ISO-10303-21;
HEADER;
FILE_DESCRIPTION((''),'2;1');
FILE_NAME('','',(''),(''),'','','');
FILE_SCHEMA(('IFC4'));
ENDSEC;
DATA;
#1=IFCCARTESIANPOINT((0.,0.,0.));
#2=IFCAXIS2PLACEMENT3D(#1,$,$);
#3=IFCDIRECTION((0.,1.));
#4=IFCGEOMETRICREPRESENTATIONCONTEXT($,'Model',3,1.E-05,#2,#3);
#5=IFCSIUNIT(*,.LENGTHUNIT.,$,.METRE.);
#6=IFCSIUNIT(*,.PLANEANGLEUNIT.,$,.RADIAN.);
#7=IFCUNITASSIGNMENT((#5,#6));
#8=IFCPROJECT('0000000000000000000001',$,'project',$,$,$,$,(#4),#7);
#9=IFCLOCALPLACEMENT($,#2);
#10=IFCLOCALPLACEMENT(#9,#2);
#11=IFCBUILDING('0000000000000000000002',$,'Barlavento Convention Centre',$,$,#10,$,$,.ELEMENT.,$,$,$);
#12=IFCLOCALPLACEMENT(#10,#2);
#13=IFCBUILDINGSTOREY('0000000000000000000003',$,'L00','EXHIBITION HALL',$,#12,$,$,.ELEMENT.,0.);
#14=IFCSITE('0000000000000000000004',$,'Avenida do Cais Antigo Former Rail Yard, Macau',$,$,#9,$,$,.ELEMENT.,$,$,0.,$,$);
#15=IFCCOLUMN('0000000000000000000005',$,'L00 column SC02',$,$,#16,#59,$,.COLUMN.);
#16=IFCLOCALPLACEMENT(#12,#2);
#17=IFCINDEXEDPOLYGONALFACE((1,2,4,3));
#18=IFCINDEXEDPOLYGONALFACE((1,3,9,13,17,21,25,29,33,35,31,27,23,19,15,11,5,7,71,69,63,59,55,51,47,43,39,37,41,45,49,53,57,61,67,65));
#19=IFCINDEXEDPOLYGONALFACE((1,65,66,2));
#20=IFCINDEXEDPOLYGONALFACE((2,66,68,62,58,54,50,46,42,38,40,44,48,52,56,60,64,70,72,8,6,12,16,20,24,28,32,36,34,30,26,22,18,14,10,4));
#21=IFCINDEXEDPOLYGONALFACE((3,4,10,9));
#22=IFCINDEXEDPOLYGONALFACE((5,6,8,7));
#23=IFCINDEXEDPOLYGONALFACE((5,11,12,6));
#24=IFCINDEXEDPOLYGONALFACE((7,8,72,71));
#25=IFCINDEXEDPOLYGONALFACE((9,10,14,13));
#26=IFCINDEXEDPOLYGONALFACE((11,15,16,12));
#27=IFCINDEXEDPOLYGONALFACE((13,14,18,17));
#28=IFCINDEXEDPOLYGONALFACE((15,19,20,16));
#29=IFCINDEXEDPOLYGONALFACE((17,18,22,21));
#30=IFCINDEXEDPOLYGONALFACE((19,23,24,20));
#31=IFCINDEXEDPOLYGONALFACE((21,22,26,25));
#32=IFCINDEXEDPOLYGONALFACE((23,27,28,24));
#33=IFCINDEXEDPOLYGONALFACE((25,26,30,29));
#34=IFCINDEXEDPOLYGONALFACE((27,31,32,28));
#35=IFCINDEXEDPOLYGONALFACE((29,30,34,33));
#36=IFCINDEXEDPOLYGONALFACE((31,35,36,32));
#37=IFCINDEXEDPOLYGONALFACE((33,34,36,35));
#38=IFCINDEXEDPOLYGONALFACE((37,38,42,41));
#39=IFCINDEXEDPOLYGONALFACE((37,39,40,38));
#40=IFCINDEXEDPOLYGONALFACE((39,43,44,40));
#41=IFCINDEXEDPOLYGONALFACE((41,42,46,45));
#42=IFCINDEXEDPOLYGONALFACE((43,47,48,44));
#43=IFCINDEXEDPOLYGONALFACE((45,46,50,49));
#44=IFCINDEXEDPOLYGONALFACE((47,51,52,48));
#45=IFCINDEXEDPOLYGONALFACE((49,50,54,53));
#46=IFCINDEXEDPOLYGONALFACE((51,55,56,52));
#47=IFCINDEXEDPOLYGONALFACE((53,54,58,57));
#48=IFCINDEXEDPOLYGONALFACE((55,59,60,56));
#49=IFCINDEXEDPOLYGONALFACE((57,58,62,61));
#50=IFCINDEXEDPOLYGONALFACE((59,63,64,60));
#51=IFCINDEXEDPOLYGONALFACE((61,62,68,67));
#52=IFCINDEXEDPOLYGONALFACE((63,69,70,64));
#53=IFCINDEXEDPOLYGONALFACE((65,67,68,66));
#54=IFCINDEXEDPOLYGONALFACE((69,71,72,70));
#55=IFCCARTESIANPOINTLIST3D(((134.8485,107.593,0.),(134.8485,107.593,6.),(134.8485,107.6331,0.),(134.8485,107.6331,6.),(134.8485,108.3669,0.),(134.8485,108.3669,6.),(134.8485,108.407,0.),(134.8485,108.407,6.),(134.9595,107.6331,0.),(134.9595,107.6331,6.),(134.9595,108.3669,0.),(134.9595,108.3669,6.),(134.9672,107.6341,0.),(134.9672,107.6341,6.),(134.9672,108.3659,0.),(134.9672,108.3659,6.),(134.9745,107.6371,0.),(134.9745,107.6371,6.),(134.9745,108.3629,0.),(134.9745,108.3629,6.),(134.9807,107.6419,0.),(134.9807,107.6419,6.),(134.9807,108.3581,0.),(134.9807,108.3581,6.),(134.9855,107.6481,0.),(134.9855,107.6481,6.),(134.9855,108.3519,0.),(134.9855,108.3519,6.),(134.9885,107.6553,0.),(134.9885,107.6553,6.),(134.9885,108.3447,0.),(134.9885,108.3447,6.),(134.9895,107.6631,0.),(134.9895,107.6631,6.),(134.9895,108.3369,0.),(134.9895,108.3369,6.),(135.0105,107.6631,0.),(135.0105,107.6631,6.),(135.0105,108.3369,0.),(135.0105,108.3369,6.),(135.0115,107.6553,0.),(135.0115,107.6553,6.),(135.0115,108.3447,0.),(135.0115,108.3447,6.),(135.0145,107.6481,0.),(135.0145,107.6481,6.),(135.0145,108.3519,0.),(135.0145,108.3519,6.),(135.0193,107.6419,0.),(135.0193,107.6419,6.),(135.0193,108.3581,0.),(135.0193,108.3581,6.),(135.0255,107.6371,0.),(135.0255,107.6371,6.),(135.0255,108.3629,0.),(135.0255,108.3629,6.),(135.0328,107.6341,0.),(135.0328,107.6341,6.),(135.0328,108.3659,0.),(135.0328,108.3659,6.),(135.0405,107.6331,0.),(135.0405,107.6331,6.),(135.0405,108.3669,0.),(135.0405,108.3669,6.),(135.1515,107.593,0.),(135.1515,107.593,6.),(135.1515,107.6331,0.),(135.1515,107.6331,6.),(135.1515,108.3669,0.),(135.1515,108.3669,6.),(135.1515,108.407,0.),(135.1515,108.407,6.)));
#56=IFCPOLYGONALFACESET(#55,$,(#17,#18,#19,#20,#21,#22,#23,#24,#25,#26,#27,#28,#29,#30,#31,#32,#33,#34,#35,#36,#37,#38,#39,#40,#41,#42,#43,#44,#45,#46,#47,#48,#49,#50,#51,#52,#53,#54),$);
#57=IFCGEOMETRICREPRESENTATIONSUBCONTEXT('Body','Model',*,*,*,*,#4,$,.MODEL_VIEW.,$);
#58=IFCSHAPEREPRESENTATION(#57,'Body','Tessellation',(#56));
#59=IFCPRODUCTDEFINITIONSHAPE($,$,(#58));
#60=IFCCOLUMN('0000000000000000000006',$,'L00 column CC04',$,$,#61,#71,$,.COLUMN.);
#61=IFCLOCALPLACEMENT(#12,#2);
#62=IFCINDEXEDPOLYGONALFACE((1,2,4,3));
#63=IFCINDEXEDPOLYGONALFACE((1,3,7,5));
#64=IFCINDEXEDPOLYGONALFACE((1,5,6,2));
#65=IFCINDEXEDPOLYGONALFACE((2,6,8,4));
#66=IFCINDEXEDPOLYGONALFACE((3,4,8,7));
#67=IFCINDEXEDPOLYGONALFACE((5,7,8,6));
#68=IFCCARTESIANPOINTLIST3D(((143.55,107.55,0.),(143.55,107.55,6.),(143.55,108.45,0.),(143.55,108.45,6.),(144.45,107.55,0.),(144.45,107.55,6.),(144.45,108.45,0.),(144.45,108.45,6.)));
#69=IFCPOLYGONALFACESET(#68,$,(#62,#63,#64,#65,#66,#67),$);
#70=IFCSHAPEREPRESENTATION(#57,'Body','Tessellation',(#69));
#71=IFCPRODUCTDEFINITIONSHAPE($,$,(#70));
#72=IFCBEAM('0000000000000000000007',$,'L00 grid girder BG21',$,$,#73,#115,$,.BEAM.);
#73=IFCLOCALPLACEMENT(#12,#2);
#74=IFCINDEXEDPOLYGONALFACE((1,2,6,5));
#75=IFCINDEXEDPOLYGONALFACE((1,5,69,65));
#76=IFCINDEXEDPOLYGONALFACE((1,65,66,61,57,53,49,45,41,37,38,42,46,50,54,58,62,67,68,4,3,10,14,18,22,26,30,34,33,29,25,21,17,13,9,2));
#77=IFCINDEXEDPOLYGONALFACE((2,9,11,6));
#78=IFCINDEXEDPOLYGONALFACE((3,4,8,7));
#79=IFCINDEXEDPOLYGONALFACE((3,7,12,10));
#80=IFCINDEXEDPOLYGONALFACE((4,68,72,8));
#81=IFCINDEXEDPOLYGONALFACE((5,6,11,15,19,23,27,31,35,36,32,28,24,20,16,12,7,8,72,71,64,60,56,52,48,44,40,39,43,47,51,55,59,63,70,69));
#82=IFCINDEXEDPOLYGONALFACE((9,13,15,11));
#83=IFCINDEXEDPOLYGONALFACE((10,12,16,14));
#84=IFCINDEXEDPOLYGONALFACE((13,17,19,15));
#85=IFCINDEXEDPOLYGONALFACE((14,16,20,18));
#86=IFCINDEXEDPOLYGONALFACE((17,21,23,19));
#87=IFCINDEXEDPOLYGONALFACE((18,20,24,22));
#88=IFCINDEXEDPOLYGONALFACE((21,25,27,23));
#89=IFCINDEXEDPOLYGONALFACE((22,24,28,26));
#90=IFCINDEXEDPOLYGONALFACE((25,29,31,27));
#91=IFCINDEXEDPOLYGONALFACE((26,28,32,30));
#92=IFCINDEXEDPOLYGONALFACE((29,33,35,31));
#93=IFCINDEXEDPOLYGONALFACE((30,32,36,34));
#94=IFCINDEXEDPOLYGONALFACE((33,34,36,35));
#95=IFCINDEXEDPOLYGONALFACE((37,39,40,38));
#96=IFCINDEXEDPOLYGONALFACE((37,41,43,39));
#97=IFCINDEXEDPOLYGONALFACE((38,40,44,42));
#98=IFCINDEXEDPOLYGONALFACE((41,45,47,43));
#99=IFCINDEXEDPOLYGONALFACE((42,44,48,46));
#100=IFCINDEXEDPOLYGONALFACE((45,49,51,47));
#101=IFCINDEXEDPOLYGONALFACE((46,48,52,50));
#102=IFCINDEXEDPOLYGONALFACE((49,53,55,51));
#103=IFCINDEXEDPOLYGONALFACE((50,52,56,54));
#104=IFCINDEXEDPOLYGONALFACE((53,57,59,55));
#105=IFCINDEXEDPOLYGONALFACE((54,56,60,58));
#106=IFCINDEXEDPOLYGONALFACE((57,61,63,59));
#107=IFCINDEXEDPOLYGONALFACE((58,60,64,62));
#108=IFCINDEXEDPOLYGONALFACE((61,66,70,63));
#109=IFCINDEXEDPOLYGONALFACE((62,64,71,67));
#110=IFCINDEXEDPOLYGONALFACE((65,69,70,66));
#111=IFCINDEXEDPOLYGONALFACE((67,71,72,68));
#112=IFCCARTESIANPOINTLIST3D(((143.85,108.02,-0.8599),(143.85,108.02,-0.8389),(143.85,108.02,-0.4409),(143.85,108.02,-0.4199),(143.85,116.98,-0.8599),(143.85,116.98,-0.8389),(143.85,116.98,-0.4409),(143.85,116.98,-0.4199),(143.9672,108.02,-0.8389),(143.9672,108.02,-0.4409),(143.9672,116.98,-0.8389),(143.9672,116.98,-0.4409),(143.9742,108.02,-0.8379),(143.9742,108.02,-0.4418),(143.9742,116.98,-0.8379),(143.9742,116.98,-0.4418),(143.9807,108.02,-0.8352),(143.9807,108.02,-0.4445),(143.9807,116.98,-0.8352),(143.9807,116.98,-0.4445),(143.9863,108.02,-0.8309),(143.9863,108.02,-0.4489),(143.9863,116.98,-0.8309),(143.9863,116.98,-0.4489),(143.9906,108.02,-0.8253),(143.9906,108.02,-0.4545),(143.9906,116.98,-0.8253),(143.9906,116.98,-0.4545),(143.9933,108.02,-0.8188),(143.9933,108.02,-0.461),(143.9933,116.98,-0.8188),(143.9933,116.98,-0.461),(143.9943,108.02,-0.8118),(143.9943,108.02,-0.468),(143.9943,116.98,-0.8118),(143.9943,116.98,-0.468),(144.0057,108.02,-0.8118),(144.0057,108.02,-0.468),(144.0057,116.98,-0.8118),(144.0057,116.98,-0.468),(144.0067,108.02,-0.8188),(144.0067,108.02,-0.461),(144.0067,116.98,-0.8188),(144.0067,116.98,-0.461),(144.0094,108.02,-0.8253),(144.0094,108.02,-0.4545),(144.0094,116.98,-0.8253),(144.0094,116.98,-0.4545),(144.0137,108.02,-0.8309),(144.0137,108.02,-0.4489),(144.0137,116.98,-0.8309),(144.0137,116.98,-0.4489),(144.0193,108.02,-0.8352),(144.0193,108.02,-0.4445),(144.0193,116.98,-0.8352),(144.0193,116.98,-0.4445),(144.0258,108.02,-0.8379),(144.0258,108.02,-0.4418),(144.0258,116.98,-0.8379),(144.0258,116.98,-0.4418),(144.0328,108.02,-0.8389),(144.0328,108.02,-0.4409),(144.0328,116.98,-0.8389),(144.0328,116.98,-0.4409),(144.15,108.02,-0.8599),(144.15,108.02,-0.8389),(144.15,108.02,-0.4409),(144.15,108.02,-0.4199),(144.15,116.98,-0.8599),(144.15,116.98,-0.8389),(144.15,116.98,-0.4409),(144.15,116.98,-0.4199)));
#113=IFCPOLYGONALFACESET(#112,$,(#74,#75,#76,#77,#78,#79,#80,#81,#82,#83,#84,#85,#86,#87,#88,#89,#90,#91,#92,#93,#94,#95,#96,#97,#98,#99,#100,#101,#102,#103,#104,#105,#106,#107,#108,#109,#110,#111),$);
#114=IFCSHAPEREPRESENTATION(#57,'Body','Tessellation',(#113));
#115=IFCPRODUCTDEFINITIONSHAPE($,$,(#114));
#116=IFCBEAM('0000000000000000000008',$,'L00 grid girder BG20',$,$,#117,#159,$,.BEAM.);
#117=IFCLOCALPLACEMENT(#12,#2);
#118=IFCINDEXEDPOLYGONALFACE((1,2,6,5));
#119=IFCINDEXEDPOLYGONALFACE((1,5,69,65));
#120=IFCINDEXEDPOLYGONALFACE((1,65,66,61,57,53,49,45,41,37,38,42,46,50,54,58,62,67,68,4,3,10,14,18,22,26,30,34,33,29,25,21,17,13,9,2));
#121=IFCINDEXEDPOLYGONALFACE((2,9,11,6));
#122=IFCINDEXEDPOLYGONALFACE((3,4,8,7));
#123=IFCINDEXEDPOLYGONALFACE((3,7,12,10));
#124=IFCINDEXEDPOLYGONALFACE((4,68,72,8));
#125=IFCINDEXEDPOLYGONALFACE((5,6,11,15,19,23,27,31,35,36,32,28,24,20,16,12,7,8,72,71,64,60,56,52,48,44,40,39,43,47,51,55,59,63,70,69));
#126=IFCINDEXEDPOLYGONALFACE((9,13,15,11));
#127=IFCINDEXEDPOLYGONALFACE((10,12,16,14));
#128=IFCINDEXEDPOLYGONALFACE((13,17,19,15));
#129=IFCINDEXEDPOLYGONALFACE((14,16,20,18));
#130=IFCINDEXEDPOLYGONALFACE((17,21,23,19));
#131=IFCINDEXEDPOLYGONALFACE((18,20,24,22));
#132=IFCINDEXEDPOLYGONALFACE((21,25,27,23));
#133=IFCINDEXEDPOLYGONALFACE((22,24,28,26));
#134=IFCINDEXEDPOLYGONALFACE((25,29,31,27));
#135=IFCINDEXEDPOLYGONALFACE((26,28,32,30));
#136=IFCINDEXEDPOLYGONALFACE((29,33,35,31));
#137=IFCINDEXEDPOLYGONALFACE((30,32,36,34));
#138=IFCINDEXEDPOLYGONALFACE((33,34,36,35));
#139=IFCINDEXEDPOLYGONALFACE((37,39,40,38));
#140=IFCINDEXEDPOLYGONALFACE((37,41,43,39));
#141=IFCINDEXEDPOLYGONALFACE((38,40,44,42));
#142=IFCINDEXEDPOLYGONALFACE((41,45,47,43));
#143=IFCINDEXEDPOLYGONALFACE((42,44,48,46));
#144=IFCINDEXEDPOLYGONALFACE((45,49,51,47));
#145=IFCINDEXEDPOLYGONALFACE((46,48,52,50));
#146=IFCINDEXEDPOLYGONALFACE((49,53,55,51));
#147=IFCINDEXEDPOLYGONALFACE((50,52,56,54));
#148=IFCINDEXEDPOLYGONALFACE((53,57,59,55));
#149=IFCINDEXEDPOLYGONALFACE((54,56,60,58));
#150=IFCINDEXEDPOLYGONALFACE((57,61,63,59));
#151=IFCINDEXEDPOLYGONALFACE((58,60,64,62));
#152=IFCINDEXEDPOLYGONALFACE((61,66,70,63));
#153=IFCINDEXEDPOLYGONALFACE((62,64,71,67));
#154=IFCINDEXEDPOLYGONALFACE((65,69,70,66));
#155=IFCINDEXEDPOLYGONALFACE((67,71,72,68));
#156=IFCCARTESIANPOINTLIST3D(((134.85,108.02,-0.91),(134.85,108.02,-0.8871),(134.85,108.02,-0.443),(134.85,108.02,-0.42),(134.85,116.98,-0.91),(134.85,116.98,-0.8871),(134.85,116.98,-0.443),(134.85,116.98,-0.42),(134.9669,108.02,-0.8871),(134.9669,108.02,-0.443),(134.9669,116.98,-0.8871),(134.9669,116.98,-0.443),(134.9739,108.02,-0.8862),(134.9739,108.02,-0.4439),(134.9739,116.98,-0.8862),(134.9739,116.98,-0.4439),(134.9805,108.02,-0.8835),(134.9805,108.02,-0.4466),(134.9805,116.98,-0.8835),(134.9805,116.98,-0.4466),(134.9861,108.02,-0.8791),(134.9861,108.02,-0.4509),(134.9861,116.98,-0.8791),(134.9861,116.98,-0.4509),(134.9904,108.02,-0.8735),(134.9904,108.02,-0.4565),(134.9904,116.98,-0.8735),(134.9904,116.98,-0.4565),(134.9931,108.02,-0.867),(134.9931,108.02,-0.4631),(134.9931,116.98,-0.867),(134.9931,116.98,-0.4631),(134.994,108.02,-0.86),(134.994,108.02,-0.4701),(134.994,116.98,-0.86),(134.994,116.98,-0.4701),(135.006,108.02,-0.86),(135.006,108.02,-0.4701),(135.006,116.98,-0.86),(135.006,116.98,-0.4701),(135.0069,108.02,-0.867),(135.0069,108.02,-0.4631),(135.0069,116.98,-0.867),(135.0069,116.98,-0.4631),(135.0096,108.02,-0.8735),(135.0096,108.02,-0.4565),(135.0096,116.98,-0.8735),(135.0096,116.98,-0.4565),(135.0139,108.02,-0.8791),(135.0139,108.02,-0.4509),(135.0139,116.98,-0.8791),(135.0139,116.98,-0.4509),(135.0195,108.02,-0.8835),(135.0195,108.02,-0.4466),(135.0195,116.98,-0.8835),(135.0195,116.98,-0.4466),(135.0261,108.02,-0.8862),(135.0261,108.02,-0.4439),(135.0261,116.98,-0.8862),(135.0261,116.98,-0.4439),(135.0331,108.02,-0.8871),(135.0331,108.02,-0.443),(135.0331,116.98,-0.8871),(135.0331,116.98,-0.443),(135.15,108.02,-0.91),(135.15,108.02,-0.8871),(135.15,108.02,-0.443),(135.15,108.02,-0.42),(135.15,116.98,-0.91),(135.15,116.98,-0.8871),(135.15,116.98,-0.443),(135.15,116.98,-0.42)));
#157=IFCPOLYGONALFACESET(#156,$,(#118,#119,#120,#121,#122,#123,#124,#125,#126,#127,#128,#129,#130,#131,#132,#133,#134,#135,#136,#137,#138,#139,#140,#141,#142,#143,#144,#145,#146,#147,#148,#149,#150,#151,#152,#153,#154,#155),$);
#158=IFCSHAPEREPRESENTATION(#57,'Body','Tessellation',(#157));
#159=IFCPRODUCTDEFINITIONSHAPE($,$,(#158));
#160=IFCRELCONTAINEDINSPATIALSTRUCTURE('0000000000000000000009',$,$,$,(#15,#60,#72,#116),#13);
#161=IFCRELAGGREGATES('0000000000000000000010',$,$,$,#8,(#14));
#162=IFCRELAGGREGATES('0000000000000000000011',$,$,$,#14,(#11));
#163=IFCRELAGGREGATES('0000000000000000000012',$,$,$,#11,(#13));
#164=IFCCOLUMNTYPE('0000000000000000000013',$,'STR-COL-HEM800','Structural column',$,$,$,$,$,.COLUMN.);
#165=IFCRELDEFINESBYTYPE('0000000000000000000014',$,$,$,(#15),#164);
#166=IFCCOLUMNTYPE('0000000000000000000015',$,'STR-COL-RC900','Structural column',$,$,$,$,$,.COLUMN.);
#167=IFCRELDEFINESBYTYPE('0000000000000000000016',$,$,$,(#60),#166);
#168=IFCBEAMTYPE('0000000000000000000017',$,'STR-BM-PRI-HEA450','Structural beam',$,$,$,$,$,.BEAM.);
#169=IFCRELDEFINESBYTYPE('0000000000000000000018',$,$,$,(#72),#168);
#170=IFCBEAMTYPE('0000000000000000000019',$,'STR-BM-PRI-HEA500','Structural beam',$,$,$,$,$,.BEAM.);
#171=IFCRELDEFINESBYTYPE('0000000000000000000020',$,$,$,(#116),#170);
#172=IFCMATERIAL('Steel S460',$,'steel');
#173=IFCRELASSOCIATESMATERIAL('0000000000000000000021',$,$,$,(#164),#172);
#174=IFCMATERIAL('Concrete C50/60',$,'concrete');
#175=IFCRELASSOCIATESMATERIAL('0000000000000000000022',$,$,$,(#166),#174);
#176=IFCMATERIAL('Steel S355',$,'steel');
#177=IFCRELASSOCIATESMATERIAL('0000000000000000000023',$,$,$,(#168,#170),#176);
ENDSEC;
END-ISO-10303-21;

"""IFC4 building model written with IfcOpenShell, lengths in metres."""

from ifc_helpers import new_model, si_unit, direction, frame, origin, origin_2d, place, context, subcontext, project, spatial, rectangle, i_section, extrude, material, material_profile, profile_set, type_object, element, save


model = new_model("IFC4")

# Units and contexts
model_context = context("Model", 3, precision=1e-05, world=origin(), true_north=direction((0.0, 1.0)))
body_context = subcontext(model_context, "Body", "Model", "MODEL_VIEW")
ifc_project = project(units=[si_unit("LENGTHUNIT", "METRE"), si_unit("PLANEANGLEUNIT", "RADIAN")], contexts=[model_context])

# Site, building, storey
site_placement = place(None, origin())
site = spatial("IfcSite", under=ifc_project, at=site_placement, Name="Avenida do Cais Antigo Former Rail Yard, Macau", CompositionType="ELEMENT", RefElevation=0.0)
building_placement = place(site_placement, origin())
building = spatial("IfcBuilding", under=site, at=building_placement, Name="Barlavento Convention Centre", CompositionType="ELEMENT")
storey_placement = place(building_placement, origin())
storey = spatial("IfcBuildingStorey", under=building, at=storey_placement, Name="L00", Description="EXHIBITION HALL", CompositionType="ELEMENT", Elevation=0.0)

# Columns
ifc_material_1 = material(Name="Steel S460", Category="steel")
ifc_material_profile_1 = material_profile(ifc_material_1, i_section(OverallWidth=0.303, OverallDepth=0.814, WebThickness=0.021, FlangeThickness=0.04, FilletRadius=0.03, at=origin_2d()), Name="HEM 800")
ifc_profile_set_1 = profile_set([ifc_material_profile_1], Name="Steel S460")
column_type_1 = type_object("IfcColumnType", Name="STR-COL-HEM800", Description="Structural column", PredefinedType="COLUMN", material=ifc_profile_set_1)
column_1_placement = place(storey_placement, frame((135.0, 108.0, 0.0), z_axis=(0.0, 0.0, 1.0), x_axis=(1.0, 0.0, 0.0)))
element("IfcColumn", 1, at=column_1_placement, inside=storey, type_object=column_type_1, Name="L00 column SC02", PredefinedType="COLUMN", context=body_context, shape_type="SweptSolid", body=[
    extrude(i_section(OverallWidth=0.303, OverallDepth=0.814, WebThickness=0.021, FlangeThickness=0.04, FilletRadius=0.03, at=origin_2d()), origin(), (0.0, 0.0, 1.0), 6.0),
])
ifc_material_2 = material(Name="Concrete C50/60", Category="concrete")
ifc_material_profile_2 = material_profile(ifc_material_2, rectangle(XDim=0.8999, YDim=0.8999, at=origin_2d()), Name="RC 900x900")
ifc_profile_set_2 = profile_set([ifc_material_profile_2], Name="Concrete C50/60")
column_type_2 = type_object("IfcColumnType", Name="STR-COL-RC900", Description="Structural column", PredefinedType="COLUMN", material=ifc_profile_set_2)
column_2_placement = place(storey_placement, frame((144.0, 108.0, 0.0), z_axis=(0.0, 0.0, 1.0), x_axis=(1.0, 0.0, 0.0)))
element("IfcColumn", 2, at=column_2_placement, inside=storey, type_object=column_type_2, Name="L00 column CC04", PredefinedType="COLUMN", context=body_context, shape_type="SweptSolid", body=[
    extrude(rectangle(XDim=0.8999, YDim=0.8999, at=origin_2d()), origin(), (0.0, 0.0, 1.0), 6.0),
])

# Beams
ifc_material_3 = material(Name="Steel S355", Category="steel")
ifc_material_profile_3 = material_profile(ifc_material_3, i_section(OverallWidth=0.3, OverallDepth=0.4399, WebThickness=0.0115, FlangeThickness=0.021, FilletRadius=0.0271, at=origin_2d()), Name="HEA 450")
ifc_profile_set_3 = profile_set([ifc_material_profile_3], Name="Steel S355")
beam_type_1 = type_object("IfcBeamType", Name="STR-BM-PRI-HEA450", Description="Structural beam", PredefinedType="BEAM", material=ifc_profile_set_3)
beam_1_placement = place(storey_placement, frame((144.0, 108.02, -0.6399), z_axis=(0.0, 1.0, 0.0), x_axis=(-1.0, 0.0, 0.0)))
element("IfcBeam", 3, at=beam_1_placement, inside=storey, type_object=beam_type_1, Name="L00 grid girder BG21", PredefinedType="BEAM", context=body_context, shape_type="SweptSolid", body=[
    extrude(i_section(OverallWidth=0.3, OverallDepth=0.4399, WebThickness=0.0115, FlangeThickness=0.021, FilletRadius=0.0271, at=origin_2d()), origin(), (0.0, 0.0, 1.0), 8.96),
])
ifc_material_profile_4 = material_profile(ifc_material_3, i_section(OverallWidth=0.3, OverallDepth=0.49, WebThickness=0.012, FlangeThickness=0.0229, FilletRadius=0.0271, at=origin_2d()), Name="HEA 500")
ifc_profile_set_4 = profile_set([ifc_material_profile_4], Name="Steel S355")
beam_type_2 = type_object("IfcBeamType", Name="STR-BM-PRI-HEA500", Description="Structural beam", PredefinedType="BEAM", material=ifc_profile_set_4)
beam_2_placement = place(storey_placement, frame((135.0, 108.02, -0.665), z_axis=(0.0, 1.0, 0.0), x_axis=(-1.0, 0.0, 0.0)))
element("IfcBeam", 4, at=beam_2_placement, inside=storey, type_object=beam_type_2, Name="L00 grid girder BG20", PredefinedType="BEAM", context=body_context, shape_type="SweptSolid", body=[
    extrude(i_section(OverallWidth=0.3, OverallDepth=0.49, WebThickness=0.012, FlangeThickness=0.0229, FilletRadius=0.0271, at=origin_2d()), origin(), (0.0, 0.0, 1.0), 8.96),
])

save(model, "model.ifc")
